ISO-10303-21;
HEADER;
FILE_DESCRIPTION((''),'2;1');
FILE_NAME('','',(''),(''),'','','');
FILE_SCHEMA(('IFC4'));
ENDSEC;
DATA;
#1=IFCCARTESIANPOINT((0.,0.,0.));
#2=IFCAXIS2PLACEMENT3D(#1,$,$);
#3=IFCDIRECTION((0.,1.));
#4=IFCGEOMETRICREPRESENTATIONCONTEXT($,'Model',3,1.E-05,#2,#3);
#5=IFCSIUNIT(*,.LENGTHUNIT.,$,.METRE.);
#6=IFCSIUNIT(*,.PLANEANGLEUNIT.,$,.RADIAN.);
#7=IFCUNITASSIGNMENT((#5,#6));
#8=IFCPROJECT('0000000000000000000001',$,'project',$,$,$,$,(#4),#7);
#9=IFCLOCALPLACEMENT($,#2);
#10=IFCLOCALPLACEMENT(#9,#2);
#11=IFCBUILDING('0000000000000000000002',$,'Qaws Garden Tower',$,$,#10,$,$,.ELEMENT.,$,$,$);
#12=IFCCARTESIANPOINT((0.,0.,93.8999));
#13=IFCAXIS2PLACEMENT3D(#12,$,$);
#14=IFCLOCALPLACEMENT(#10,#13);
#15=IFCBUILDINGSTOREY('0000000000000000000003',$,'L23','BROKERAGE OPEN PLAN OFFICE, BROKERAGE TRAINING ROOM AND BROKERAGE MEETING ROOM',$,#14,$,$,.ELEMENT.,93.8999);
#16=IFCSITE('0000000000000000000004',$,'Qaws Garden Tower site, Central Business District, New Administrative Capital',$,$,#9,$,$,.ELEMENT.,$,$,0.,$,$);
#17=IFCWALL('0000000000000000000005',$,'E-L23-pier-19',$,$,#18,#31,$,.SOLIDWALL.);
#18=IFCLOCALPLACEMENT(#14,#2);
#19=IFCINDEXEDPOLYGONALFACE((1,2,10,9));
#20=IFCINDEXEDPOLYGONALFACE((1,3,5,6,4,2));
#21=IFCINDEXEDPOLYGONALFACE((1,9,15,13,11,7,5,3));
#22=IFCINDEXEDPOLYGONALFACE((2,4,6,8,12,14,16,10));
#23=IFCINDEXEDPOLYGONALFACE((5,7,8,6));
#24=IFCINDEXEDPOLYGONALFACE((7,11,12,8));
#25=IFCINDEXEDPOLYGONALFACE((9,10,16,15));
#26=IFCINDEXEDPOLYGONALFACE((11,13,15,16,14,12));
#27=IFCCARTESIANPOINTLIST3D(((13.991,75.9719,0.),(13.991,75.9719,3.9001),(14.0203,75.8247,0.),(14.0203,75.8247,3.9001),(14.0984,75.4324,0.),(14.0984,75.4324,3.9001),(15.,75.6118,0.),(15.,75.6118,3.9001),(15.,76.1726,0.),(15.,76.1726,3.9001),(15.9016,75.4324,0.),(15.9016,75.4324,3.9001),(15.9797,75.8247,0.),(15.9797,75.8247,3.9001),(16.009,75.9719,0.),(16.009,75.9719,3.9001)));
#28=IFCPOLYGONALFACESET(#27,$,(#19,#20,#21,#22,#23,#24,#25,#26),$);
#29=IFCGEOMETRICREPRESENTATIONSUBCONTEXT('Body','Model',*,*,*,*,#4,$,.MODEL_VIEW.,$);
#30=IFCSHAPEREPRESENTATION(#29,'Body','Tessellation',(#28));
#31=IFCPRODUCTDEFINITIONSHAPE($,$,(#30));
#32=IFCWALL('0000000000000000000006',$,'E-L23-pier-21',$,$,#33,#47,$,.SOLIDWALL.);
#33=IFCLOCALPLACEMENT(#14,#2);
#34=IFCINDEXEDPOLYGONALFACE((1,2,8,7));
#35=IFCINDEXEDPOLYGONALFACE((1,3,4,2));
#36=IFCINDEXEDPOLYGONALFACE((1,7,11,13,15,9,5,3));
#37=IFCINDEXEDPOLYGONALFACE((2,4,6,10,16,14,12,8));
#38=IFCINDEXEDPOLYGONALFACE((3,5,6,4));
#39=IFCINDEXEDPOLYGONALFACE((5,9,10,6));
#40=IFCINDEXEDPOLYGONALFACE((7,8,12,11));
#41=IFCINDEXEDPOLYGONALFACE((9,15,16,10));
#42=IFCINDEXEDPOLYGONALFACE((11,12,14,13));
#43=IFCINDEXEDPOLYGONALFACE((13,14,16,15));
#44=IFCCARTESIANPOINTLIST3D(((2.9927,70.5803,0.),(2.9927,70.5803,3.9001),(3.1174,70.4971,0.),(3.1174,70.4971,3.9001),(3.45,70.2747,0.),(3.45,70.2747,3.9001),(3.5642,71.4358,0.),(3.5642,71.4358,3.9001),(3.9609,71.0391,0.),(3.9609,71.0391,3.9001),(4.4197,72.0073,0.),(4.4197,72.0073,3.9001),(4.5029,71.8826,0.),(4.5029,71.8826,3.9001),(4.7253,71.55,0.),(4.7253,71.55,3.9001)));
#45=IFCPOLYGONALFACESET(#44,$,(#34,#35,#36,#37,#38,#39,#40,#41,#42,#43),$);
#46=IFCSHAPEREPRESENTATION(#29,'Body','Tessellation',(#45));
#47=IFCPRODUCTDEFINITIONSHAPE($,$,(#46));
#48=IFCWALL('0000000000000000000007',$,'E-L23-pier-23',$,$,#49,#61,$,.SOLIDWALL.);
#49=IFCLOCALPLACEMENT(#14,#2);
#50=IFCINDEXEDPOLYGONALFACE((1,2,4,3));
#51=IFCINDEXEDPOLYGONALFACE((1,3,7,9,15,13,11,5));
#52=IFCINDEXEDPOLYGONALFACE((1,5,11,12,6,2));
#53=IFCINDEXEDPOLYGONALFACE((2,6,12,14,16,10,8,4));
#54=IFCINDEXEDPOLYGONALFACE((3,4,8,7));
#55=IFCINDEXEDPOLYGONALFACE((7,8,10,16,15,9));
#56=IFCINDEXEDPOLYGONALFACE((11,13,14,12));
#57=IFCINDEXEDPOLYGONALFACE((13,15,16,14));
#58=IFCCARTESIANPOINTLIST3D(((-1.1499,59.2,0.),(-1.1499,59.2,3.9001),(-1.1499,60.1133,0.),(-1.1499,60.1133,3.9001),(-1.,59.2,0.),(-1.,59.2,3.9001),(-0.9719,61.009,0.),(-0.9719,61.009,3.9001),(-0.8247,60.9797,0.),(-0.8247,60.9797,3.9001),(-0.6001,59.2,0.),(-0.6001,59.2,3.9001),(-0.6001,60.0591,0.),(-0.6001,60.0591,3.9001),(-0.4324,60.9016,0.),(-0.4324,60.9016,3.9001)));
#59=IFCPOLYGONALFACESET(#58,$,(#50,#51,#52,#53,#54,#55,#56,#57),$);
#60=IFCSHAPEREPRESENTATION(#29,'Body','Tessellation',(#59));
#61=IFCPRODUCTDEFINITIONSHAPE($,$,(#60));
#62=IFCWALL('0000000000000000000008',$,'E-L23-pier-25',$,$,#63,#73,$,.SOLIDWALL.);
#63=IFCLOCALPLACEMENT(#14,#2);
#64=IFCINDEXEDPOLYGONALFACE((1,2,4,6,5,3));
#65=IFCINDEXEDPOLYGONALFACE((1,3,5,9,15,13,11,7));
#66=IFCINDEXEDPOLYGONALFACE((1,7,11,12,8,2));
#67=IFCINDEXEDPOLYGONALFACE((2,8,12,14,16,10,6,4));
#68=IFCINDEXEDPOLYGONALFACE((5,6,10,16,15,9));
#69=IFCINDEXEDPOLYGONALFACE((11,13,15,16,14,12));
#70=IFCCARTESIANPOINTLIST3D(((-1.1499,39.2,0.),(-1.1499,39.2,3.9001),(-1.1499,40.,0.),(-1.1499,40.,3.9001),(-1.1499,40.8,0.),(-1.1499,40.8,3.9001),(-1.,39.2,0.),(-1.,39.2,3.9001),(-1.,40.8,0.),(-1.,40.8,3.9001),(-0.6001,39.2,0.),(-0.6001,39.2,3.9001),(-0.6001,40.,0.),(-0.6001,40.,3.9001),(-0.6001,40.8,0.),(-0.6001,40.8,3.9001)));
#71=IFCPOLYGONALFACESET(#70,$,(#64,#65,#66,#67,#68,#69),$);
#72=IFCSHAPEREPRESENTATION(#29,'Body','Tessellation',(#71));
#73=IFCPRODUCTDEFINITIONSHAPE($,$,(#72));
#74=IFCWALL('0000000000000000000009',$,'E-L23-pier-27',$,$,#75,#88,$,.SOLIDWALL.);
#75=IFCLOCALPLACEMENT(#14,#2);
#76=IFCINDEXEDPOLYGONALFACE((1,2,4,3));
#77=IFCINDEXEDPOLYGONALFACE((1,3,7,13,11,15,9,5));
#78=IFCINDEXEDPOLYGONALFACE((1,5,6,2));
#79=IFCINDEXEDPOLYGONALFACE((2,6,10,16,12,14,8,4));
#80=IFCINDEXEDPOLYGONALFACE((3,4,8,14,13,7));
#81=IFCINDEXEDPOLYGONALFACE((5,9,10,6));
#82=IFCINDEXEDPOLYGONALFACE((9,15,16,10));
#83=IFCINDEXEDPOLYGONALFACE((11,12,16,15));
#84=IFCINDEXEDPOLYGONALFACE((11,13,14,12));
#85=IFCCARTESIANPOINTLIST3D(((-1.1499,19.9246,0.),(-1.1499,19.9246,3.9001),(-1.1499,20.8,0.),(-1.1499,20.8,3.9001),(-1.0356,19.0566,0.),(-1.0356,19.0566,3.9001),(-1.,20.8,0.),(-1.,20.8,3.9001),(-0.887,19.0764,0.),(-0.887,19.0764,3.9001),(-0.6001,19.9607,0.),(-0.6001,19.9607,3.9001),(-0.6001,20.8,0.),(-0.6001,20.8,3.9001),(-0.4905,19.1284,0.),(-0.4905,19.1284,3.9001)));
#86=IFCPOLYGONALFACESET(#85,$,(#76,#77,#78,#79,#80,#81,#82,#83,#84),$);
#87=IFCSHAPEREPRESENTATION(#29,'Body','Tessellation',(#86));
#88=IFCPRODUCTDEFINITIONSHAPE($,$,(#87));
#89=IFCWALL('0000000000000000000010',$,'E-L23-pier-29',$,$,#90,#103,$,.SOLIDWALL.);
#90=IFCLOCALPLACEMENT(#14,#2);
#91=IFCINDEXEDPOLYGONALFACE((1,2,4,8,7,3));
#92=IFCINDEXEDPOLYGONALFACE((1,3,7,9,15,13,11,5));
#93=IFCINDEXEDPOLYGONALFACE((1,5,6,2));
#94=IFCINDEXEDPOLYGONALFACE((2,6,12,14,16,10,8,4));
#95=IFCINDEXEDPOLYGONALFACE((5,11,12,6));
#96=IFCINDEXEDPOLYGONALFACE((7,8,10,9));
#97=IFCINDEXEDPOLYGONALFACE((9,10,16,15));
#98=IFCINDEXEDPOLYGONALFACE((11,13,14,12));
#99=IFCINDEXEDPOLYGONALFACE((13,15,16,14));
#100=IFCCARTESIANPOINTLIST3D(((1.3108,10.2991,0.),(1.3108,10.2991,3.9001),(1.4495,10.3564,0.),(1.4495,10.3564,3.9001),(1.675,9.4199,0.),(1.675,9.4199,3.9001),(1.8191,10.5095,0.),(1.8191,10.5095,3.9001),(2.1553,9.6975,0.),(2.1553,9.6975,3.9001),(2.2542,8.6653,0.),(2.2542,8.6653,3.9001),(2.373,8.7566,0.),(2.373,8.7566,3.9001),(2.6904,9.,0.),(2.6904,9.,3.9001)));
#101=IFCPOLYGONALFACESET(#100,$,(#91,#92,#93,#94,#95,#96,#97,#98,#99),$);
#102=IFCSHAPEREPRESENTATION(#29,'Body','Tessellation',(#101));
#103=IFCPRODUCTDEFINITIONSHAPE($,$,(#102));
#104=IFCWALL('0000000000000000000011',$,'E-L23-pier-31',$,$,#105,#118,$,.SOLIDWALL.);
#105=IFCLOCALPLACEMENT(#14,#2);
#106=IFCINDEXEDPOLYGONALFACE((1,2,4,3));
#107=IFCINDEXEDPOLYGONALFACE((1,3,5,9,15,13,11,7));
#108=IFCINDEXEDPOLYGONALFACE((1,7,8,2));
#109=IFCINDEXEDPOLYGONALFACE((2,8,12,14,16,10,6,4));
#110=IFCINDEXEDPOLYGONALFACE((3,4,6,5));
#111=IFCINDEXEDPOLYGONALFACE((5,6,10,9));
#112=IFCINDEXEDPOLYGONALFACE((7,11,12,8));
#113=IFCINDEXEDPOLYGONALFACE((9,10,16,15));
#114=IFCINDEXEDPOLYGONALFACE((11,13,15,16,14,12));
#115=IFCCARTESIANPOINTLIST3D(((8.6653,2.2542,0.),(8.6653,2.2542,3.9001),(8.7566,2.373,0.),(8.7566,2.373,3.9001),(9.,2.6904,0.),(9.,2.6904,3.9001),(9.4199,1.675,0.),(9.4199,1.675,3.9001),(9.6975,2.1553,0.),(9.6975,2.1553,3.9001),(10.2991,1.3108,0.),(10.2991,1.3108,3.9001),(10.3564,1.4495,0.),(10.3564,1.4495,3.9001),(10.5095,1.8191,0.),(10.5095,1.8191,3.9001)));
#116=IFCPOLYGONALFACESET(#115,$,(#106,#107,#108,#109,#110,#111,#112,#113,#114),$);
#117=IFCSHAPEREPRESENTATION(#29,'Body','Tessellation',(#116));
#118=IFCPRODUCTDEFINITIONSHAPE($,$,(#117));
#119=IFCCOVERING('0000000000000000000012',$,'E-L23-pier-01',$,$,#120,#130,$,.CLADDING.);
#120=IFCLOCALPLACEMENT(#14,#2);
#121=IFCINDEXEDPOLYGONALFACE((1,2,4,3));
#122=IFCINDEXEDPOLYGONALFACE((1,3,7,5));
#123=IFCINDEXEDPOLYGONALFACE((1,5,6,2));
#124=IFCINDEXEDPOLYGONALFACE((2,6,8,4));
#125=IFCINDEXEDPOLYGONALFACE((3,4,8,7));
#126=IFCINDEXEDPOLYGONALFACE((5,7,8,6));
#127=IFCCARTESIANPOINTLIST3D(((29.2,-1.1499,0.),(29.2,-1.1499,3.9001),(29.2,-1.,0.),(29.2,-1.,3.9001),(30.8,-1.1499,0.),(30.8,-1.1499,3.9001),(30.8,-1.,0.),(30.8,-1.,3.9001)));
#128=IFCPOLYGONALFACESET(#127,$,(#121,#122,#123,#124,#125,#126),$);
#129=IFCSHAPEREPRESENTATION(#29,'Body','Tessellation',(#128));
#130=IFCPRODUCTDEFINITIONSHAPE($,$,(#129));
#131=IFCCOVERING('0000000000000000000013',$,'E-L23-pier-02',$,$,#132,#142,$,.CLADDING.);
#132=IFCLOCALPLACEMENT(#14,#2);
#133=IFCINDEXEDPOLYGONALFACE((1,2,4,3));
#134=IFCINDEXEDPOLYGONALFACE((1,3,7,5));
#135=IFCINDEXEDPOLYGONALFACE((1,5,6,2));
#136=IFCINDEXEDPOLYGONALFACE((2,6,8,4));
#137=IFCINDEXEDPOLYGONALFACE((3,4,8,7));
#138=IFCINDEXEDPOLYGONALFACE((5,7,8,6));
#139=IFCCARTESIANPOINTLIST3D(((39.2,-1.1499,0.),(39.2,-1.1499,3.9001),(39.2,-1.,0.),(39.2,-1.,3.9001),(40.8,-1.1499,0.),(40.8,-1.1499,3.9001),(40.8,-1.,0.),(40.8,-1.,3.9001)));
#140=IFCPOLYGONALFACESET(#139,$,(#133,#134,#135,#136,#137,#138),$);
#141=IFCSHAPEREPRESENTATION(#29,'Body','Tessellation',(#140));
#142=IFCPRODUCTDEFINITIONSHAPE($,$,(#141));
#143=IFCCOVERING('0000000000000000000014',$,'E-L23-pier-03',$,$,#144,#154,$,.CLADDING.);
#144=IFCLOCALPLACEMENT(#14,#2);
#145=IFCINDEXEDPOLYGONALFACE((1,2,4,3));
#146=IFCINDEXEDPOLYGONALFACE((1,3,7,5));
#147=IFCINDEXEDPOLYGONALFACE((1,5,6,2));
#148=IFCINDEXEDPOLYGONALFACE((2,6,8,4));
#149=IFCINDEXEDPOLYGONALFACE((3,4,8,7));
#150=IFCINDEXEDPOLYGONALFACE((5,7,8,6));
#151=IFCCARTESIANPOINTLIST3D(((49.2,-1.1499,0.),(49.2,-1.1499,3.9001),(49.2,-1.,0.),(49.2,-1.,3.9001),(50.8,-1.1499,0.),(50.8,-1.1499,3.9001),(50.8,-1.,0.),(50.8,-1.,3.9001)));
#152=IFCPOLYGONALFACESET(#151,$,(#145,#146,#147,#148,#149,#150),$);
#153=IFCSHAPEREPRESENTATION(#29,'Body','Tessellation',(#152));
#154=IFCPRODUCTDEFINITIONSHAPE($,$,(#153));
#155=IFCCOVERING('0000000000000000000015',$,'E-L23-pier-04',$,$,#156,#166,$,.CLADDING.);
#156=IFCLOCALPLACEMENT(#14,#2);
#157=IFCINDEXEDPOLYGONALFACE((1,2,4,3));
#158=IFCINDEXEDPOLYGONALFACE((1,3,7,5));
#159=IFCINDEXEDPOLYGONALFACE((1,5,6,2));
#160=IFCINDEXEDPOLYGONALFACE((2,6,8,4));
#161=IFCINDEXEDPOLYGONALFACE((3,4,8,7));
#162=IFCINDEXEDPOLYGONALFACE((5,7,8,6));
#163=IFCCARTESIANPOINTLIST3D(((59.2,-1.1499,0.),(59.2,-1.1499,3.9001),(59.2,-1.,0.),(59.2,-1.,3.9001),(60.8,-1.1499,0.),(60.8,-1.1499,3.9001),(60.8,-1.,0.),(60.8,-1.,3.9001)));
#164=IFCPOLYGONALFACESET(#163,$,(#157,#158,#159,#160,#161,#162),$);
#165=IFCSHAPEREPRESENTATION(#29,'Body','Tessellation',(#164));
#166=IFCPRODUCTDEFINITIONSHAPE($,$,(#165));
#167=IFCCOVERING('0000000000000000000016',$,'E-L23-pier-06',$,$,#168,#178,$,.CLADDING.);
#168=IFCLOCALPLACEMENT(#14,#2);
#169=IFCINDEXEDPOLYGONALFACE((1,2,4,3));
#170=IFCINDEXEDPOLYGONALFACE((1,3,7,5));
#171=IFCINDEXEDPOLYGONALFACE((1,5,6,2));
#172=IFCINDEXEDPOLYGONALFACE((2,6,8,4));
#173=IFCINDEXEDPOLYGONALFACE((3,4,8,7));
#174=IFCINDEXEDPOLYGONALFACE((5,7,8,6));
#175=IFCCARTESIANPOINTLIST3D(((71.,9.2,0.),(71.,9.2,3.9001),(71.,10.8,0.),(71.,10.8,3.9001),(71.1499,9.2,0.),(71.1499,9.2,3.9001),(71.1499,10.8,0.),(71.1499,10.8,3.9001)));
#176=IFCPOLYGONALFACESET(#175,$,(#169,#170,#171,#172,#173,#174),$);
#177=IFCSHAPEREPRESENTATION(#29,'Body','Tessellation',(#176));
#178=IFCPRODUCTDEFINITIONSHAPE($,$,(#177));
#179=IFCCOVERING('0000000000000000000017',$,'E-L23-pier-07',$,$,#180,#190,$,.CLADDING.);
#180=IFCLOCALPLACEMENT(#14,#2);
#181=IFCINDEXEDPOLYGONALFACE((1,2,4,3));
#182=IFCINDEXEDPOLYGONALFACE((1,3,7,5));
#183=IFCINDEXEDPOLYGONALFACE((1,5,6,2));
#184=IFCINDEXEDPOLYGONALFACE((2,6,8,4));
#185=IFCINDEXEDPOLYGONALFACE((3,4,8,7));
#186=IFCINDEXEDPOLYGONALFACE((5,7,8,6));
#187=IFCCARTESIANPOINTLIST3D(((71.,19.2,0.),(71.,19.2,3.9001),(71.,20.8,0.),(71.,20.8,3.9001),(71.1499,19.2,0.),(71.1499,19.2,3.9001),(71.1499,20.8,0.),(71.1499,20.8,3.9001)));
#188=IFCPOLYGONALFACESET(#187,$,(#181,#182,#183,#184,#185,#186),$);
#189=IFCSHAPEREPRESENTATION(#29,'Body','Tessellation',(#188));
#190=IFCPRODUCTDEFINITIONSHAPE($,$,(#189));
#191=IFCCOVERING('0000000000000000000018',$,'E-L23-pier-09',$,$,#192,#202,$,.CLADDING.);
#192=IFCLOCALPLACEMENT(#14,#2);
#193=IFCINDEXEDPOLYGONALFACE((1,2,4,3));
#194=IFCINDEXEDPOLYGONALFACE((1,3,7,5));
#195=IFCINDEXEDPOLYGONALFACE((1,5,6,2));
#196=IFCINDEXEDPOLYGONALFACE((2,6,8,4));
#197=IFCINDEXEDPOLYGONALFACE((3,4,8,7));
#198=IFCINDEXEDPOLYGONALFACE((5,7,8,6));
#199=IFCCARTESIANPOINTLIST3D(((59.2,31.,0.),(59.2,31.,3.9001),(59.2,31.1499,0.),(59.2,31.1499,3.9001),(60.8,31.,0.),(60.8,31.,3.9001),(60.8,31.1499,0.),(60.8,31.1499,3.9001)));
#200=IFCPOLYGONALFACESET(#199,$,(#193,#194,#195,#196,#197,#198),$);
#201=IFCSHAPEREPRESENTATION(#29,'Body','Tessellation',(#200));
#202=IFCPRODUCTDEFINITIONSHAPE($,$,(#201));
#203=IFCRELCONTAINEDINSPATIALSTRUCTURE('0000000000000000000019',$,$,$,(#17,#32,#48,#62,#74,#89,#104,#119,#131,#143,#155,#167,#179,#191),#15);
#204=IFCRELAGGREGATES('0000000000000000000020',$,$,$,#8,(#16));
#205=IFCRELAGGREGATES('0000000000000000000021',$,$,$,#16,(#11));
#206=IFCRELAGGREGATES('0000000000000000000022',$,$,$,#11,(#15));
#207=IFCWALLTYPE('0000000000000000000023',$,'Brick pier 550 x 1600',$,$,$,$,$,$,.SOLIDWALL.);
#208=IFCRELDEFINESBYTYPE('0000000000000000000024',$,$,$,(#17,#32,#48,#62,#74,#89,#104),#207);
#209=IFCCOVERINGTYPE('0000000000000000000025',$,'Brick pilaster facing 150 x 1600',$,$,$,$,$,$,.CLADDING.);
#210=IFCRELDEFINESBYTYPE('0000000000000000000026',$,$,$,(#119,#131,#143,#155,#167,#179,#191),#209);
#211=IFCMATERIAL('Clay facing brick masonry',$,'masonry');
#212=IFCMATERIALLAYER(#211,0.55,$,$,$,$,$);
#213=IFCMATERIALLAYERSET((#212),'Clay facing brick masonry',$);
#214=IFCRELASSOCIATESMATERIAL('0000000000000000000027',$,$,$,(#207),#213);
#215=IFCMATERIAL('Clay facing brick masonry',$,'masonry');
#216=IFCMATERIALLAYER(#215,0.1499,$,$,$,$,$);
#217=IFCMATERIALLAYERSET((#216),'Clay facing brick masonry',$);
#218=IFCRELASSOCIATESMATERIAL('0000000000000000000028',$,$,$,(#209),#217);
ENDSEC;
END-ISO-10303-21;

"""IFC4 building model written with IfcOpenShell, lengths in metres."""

from ifc_helpers import new_model, si_unit, direction, frame, origin, place, context, subcontext, project, spatial, polyline, outline, extrude, material, layer, layer_set, type_object, element, save


model = new_model("IFC4")

# Units and contexts
model_context = context("Model", 3, precision=1e-05, world=origin(), true_north=direction((0.0, 1.0)))
body_context = subcontext(model_context, "Body", "Model", "MODEL_VIEW")
ifc_project = project(units=[si_unit("LENGTHUNIT", "METRE"), si_unit("PLANEANGLEUNIT", "RADIAN")], contexts=[model_context])

# Site, building, storey
site_placement = place(None, origin())
site = spatial("IfcSite", under=ifc_project, at=site_placement, Name="Qaws Garden Tower site, Central Business District, New Administrative Capital", CompositionType="ELEMENT", RefElevation=0.0)
building_placement = place(site_placement, origin())
building = spatial("IfcBuilding", under=site, at=building_placement, Name="Qaws Garden Tower", CompositionType="ELEMENT")
storey_placement = place(building_placement, frame((0.0, 0.0, 93.8999)))
storey = spatial("IfcBuildingStorey", under=building, at=storey_placement, Name="L23", Description="BROKERAGE OPEN PLAN OFFICE, BROKERAGE TRAINING ROOM AND BROKERAGE MEETING ROOM", CompositionType="ELEMENT", Elevation=93.8999)

# Walls
placement = place(storey_placement, origin())
ifc_material_1 = material(Name="Clay facing brick masonry", Category="masonry")
ifc_layer_1 = layer(ifc_material_1, 0.55)
ifc_layer_set_1 = layer_set([ifc_layer_1], Name="Clay facing brick masonry")
wall_type_1 = type_object("IfcWallType", Name="Brick pier 550 x 1600", PredefinedType="SOLIDWALL", material=ifc_layer_set_1)
element("IfcWall", 1, at=placement, inside=storey, type_object=wall_type_1, Name="E-L23-pier-19", PredefinedType="SOLIDWALL", context=body_context, shape_type="SweptSolid", body=[
    extrude(outline(polyline([(15.9797, 75.8247), (16.009, 75.9719), (15.0, 76.1726), (13.991, 75.9719), (14.0203, 75.8247), (14.0984, 75.4324), (15.0, 75.6118), (15.9016, 75.4324), (15.9797, 75.8247)])), origin(), (0.0, 0.0, 1.0), 3.9001),
])
element("IfcWall", 2, at=placement, inside=storey, type_object=wall_type_1, Name="E-L23-pier-21", PredefinedType="SOLIDWALL", context=body_context, shape_type="SweptSolid", body=[
    extrude(outline(polyline([(4.5029, 71.8826), (4.4197, 72.0073), (3.5642, 71.4358), (2.9927, 70.5803), (3.1174, 70.4971), (3.45, 70.2747), (3.9609, 71.0391), (4.7253, 71.55), (4.5029, 71.8826)])), origin(), (0.0, 0.0, 1.0), 3.9001),
])
element("IfcWall", 3, at=placement, inside=storey, type_object=wall_type_1, Name="E-L23-pier-23", PredefinedType="SOLIDWALL", context=body_context, shape_type="SweptSolid", body=[
    extrude(outline(polyline([(-0.8247, 60.9797), (-0.9719, 61.009), (-1.1499, 60.1133), (-1.1499, 59.2), (-1.0, 59.2), (-0.6001, 59.2), (-0.6001, 60.0591), (-0.4324, 60.9016), (-0.8247, 60.9797)])), origin(), (0.0, 0.0, 1.0), 3.9001),
])
element("IfcWall", 4, at=placement, inside=storey, type_object=wall_type_1, Name="E-L23-pier-25", PredefinedType="SOLIDWALL", context=body_context, shape_type="SweptSolid", body=[
    extrude(outline(polyline([(-1.0, 40.8), (-1.1499, 40.8), (-1.1499, 40.0), (-1.1499, 39.2), (-1.0, 39.2), (-0.6001, 39.2), (-0.6001, 40.0), (-0.6001, 40.8), (-1.0, 40.8)])), origin(), (0.0, 0.0, 1.0), 3.9001),
])
element("IfcWall", 5, at=placement, inside=storey, type_object=wall_type_1, Name="E-L23-pier-27", PredefinedType="SOLIDWALL", context=body_context, shape_type="SweptSolid", body=[
    extrude(outline(polyline([(-1.0, 20.8), (-1.1499, 20.8), (-1.1499, 19.9246), (-1.0356, 19.0566), (-0.887, 19.0764), (-0.4905, 19.1284), (-0.6001, 19.9607), (-0.6001, 20.8), (-1.0, 20.8)])), origin(), (0.0, 0.0, 1.0), 3.9001),
])
element("IfcWall", 6, at=placement, inside=storey, type_object=wall_type_1, Name="E-L23-pier-29", PredefinedType="SOLIDWALL", context=body_context, shape_type="SweptSolid", body=[
    extrude(outline(polyline([(1.4495, 10.3564), (1.3108, 10.2991), (1.675, 9.4199), (2.2542, 8.6653), (2.373, 8.7566), (2.6904, 9.0), (2.1553, 9.6975), (1.8191, 10.5095), (1.4495, 10.3564)])), origin(), (0.0, 0.0, 1.0), 3.9001),
])
element("IfcWall", 7, at=placement, inside=storey, type_object=wall_type_1, Name="E-L23-pier-31", PredefinedType="SOLIDWALL", context=body_context, shape_type="SweptSolid", body=[
    extrude(outline(polyline([(8.7566, 2.373), (8.6653, 2.2542), (9.4199, 1.675), (10.2991, 1.3108), (10.3564, 1.4495), (10.5095, 1.8191), (9.6975, 2.1553), (9.0, 2.6904), (8.7566, 2.373)])), origin(), (0.0, 0.0, 1.0), 3.9001),
])

# Coverings
ifc_material_2 = material(Name="Clay facing brick masonry", Category="masonry")
ifc_layer_2 = layer(ifc_material_2, 0.1499)
ifc_layer_set_2 = layer_set([ifc_layer_2], Name="Clay facing brick masonry")
covering_type = type_object("IfcCoveringType", Name="Brick pilaster facing 150 x 1600", PredefinedType="CLADDING", material=ifc_layer_set_2)
element("IfcCovering", 8, at=placement, inside=storey, type_object=covering_type, Name="E-L23-pier-01", PredefinedType="CLADDING", context=body_context, shape_type="SweptSolid", body=[
    extrude(outline(polyline([(29.2, -1.0), (30.8, -1.0), (30.8, -1.1499), (29.2, -1.1499), (29.2, -1.0)])), origin(), (0.0, 0.0, 1.0), 3.9001),
])
element("IfcCovering", 9, at=placement, inside=storey, type_object=covering_type, Name="E-L23-pier-02", PredefinedType="CLADDING", context=body_context, shape_type="SweptSolid", body=[
    extrude(outline(polyline([(39.2, -1.0), (40.8, -1.0), (40.8, -1.1499), (39.2, -1.1499), (39.2, -1.0)])), origin(), (0.0, 0.0, 1.0), 3.9001),
])
element("IfcCovering", 10, at=placement, inside=storey, type_object=covering_type, Name="E-L23-pier-03", PredefinedType="CLADDING", context=body_context, shape_type="SweptSolid", body=[
    extrude(outline(polyline([(49.2, -1.0), (50.8, -1.0), (50.8, -1.1499), (49.2, -1.1499), (49.2, -1.0)])), origin(), (0.0, 0.0, 1.0), 3.9001),
])
element("IfcCovering", 11, at=placement, inside=storey, type_object=covering_type, Name="E-L23-pier-04", PredefinedType="CLADDING", context=body_context, shape_type="SweptSolid", body=[
    extrude(outline(polyline([(59.2, -1.0), (60.8, -1.0), (60.8, -1.1499), (59.2, -1.1499), (59.2, -1.0)])), origin(), (0.0, 0.0, 1.0), 3.9001),
])
element("IfcCovering", 12, at=placement, inside=storey, type_object=covering_type, Name="E-L23-pier-06", PredefinedType="CLADDING", context=body_context, shape_type="SweptSolid", body=[
    extrude(outline(polyline([(71.0, 9.2), (71.0, 10.8), (71.1499, 10.8), (71.1499, 9.2), (71.0, 9.2)])), origin(), (0.0, 0.0, 1.0), 3.9001),
])
element("IfcCovering", 13, at=placement, inside=storey, type_object=covering_type, Name="E-L23-pier-07", PredefinedType="CLADDING", context=body_context, shape_type="SweptSolid", body=[
    extrude(outline(polyline([(71.0, 19.2), (71.0, 20.8), (71.1499, 20.8), (71.1499, 19.2), (71.0, 19.2)])), origin(), (0.0, 0.0, 1.0), 3.9001),
])
element("IfcCovering", 14, at=placement, inside=storey, type_object=covering_type, Name="E-L23-pier-09", PredefinedType="CLADDING", context=body_context, shape_type="SweptSolid", body=[
    extrude(outline(polyline([(60.8, 31.0), (59.2, 31.0), (59.2, 31.1499), (60.8, 31.1499), (60.8, 31.0)])), origin(), (0.0, 0.0, 1.0), 3.9001),
])

save(model, "model.ifc")
